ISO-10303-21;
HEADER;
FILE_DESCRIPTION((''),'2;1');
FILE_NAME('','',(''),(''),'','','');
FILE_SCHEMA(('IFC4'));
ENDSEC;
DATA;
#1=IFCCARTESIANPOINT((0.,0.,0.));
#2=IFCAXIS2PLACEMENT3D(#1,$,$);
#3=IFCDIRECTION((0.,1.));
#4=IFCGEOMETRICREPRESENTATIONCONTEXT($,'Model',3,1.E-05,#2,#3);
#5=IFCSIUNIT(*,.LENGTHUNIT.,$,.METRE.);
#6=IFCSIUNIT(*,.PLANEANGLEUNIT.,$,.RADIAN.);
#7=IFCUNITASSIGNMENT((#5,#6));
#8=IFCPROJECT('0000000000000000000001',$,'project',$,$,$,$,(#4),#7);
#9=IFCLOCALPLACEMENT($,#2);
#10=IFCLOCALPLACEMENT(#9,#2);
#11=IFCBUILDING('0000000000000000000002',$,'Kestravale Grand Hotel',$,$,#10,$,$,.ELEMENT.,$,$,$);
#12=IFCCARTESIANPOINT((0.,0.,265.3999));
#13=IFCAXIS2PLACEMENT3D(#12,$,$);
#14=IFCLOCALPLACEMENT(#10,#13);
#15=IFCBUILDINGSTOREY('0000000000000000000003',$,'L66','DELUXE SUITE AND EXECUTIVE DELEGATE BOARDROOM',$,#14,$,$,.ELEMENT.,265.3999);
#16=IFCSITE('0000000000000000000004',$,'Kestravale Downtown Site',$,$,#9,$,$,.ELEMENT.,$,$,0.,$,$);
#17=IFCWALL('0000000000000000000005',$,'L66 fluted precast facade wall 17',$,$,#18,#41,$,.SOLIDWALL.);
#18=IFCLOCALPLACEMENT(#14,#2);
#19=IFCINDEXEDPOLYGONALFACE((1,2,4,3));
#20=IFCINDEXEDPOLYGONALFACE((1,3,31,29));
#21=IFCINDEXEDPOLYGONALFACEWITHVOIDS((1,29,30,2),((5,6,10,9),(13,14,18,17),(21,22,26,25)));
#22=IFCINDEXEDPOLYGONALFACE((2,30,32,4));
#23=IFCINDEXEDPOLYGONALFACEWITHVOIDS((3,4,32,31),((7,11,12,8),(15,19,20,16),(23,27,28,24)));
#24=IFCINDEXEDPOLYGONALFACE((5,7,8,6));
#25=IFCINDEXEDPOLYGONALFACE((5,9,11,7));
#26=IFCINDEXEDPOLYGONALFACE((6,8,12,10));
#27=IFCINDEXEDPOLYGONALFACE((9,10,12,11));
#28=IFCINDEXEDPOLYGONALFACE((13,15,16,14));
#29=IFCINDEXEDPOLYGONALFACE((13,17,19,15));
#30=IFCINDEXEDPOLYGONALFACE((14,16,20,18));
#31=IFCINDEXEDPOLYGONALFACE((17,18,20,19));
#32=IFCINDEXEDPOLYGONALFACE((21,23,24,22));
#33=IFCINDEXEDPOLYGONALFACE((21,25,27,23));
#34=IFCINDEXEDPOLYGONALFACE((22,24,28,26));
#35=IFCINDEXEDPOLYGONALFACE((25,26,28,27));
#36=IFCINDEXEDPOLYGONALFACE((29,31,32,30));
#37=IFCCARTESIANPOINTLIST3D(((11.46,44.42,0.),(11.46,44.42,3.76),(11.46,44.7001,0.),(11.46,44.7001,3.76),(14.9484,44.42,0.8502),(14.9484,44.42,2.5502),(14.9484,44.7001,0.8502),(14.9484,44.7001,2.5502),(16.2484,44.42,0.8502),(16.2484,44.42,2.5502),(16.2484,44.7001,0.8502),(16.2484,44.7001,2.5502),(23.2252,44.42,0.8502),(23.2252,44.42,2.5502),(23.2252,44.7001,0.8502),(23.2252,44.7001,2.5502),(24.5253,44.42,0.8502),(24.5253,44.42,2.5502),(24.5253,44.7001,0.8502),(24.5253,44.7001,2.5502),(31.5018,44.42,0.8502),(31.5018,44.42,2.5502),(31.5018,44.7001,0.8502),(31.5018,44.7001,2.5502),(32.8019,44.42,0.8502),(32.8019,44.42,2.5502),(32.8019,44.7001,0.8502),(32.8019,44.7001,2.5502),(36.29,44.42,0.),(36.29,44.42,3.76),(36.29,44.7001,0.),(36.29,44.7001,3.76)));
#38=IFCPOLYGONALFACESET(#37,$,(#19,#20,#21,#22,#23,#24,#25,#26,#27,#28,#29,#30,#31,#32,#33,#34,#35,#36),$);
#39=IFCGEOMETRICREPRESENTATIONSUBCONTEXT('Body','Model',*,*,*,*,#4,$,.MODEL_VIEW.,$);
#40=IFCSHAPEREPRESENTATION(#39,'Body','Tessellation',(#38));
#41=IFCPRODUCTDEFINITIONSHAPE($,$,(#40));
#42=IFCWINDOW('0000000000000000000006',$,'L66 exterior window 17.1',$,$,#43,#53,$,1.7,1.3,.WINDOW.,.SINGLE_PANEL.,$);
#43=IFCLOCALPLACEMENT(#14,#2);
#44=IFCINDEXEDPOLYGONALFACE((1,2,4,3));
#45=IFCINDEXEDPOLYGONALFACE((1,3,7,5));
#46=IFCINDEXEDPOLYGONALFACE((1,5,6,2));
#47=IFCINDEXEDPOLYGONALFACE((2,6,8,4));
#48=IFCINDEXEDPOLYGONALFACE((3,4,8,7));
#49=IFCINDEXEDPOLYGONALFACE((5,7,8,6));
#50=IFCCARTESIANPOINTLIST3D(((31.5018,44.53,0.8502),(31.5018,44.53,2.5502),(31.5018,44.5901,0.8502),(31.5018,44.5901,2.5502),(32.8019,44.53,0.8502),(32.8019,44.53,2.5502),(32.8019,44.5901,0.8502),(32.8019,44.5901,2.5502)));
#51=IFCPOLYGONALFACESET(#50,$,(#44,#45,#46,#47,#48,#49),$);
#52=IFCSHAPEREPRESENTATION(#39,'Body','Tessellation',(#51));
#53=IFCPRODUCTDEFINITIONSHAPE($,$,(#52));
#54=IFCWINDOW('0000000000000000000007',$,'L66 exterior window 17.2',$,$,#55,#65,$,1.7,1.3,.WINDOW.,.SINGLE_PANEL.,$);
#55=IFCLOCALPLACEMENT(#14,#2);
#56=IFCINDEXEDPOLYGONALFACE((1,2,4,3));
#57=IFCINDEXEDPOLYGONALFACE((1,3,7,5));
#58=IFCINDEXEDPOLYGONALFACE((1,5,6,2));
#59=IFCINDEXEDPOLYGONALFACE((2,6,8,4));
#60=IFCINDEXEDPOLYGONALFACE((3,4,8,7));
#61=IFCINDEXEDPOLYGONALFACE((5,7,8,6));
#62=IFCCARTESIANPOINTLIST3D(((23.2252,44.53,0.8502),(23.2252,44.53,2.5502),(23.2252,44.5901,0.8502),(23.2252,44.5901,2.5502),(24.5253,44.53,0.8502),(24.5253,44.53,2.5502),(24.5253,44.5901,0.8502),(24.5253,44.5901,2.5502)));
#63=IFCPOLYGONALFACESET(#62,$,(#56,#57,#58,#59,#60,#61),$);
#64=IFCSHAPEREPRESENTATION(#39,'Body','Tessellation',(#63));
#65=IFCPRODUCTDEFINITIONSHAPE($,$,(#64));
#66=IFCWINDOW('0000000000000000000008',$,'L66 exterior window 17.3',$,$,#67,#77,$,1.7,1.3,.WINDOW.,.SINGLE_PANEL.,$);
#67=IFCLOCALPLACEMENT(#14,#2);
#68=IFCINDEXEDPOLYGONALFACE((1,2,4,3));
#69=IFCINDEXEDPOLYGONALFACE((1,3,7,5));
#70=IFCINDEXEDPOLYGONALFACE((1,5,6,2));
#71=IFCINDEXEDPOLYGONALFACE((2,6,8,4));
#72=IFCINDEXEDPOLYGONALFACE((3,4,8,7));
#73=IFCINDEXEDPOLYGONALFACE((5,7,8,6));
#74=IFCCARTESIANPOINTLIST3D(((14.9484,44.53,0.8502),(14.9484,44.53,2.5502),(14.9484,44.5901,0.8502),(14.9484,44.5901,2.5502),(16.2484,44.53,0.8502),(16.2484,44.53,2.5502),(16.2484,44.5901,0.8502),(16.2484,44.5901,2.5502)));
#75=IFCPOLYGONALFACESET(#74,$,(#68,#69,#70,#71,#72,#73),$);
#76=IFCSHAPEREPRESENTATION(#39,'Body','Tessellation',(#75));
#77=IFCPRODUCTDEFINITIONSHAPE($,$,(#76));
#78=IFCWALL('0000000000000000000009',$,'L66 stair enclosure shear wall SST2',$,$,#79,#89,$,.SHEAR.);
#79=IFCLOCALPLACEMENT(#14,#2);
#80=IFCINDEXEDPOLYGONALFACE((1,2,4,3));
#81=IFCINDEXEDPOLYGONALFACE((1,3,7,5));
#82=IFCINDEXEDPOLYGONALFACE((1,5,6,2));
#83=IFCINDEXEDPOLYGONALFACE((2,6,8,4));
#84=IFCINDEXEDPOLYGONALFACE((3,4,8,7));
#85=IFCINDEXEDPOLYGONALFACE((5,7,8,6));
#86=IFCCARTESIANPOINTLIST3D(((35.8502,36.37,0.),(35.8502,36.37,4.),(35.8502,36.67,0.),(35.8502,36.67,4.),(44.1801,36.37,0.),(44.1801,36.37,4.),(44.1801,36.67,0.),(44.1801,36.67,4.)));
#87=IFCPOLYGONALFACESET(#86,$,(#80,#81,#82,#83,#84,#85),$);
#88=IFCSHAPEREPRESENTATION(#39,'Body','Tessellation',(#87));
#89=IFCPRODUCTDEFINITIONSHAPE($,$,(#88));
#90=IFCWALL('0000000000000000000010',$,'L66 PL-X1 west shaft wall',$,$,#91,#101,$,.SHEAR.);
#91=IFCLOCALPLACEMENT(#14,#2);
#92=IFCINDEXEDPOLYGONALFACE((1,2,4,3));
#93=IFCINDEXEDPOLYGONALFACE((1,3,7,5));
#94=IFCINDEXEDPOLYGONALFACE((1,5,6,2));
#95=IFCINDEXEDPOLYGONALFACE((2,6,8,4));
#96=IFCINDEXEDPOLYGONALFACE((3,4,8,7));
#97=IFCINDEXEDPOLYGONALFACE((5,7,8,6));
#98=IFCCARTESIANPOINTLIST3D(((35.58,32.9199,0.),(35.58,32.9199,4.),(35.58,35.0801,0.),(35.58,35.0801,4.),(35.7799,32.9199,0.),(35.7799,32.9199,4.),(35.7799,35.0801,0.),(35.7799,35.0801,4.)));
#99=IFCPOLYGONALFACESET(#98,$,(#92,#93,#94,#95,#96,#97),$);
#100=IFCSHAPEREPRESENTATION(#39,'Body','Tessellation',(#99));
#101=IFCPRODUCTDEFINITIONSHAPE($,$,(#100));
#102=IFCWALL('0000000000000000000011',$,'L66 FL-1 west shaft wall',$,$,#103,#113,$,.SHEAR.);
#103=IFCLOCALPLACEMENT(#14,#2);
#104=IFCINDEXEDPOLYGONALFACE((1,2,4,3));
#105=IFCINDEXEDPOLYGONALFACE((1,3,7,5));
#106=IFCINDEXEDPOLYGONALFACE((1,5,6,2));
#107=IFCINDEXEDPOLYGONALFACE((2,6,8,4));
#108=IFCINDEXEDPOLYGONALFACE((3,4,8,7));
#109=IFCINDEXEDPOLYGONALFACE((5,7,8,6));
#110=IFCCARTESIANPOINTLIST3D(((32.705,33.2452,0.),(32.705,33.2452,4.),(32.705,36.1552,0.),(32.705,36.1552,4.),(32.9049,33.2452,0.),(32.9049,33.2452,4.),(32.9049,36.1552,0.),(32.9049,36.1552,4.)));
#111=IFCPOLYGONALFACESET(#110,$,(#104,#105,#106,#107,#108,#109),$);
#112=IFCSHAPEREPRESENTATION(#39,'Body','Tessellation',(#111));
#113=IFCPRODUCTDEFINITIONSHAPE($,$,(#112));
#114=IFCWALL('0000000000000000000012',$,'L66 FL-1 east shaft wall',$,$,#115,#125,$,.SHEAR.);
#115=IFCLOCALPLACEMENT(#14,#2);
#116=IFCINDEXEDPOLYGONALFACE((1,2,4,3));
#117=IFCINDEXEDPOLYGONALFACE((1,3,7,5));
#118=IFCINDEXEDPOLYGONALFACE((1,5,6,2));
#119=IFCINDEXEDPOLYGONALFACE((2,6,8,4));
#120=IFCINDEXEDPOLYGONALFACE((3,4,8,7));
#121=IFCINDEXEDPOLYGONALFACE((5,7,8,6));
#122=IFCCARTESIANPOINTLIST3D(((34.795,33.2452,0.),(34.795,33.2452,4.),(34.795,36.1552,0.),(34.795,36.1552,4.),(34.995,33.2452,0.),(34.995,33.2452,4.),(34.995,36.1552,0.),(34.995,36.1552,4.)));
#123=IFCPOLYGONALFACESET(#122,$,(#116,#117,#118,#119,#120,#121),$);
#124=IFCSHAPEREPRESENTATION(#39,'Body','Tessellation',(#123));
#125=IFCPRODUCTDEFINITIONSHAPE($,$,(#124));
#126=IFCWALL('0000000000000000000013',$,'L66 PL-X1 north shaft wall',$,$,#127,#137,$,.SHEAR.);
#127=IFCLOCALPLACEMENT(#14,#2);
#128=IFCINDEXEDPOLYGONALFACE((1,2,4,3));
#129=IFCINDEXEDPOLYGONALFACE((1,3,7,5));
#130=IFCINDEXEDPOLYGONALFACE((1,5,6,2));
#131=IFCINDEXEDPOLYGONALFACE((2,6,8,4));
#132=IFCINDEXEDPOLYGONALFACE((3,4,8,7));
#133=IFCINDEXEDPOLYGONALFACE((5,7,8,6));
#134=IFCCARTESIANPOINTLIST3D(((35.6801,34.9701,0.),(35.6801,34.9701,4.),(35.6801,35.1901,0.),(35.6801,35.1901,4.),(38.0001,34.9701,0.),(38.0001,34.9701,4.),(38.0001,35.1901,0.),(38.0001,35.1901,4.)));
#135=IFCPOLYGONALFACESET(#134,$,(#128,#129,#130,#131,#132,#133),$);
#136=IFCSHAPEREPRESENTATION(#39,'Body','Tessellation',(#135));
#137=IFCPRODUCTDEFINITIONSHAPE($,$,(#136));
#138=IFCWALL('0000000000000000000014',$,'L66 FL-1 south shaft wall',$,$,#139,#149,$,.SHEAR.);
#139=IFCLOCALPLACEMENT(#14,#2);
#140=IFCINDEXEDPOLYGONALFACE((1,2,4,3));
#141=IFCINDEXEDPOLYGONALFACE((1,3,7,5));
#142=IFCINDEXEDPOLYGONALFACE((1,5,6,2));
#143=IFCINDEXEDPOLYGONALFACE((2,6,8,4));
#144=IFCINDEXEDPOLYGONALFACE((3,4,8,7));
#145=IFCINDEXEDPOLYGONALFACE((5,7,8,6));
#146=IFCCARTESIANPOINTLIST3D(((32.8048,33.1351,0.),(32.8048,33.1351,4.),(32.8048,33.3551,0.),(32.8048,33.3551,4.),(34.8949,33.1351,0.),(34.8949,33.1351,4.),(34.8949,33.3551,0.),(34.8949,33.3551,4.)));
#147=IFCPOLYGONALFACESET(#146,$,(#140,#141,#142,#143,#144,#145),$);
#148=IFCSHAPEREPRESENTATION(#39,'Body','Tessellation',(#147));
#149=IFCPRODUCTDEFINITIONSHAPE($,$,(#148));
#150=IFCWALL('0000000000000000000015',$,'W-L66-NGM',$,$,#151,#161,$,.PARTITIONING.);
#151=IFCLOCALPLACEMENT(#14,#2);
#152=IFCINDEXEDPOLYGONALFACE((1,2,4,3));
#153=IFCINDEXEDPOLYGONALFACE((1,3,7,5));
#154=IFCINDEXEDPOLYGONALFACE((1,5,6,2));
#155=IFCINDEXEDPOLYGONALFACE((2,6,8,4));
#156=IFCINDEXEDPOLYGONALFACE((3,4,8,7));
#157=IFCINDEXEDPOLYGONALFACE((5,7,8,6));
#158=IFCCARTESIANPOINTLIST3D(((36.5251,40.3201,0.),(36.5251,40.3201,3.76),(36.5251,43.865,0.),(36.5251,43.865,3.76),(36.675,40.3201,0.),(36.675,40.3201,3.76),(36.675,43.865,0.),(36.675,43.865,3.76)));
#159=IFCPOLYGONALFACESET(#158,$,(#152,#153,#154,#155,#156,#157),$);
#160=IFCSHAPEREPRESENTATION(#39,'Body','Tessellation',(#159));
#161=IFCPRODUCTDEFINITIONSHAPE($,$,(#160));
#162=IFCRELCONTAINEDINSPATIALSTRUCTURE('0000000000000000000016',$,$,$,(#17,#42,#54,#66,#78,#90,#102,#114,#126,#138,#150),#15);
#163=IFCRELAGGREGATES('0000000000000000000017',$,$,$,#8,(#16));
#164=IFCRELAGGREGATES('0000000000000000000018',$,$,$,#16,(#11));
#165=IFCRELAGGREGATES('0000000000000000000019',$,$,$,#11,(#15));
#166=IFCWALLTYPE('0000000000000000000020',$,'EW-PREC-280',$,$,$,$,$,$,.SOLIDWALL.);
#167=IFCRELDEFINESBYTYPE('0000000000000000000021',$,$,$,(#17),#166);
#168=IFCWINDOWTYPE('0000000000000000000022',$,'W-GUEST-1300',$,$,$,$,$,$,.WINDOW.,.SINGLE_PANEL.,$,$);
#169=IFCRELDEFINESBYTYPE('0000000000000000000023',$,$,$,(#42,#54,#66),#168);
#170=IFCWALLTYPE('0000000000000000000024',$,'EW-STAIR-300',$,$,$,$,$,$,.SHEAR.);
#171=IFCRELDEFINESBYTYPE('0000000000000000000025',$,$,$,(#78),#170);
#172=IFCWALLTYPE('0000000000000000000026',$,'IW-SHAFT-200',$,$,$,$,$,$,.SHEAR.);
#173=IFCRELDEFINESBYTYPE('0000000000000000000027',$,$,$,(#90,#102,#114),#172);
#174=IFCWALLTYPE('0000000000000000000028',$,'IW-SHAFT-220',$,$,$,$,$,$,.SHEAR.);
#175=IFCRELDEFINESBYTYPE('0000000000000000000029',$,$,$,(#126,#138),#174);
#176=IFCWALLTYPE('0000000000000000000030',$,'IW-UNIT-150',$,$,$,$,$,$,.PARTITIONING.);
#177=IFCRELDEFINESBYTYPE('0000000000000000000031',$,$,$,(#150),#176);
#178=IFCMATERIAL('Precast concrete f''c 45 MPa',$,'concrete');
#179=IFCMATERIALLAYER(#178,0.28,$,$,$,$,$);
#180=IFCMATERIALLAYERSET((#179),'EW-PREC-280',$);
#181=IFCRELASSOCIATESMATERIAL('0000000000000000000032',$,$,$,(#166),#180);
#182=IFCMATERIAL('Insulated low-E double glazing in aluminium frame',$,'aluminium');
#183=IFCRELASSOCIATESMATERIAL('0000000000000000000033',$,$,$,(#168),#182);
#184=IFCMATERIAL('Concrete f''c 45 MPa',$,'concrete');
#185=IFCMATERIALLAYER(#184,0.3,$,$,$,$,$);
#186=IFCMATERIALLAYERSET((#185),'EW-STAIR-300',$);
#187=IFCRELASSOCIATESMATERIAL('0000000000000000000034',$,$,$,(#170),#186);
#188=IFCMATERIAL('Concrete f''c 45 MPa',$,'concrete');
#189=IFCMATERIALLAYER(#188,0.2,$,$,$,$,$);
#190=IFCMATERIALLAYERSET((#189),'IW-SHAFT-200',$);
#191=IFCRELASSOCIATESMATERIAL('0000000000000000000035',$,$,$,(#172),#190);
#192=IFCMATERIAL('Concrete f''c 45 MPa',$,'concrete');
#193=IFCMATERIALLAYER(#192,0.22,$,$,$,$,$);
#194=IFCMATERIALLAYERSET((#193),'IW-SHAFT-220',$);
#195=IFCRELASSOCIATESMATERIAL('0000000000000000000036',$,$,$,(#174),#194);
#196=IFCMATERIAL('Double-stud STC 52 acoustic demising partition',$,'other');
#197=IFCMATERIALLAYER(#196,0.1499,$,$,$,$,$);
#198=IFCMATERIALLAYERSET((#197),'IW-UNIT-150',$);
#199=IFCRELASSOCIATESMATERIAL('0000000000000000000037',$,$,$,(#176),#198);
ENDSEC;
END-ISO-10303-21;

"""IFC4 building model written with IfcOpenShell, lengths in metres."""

from ifc_helpers import new_model, si_unit, direction, frame, frame_2d, origin, place, context, subcontext, project, spatial, rectangle, extrude, material, layer, layer_set, type_object, element, fill, save


model = new_model("IFC4")

# Units and contexts
model_context = context("Model", 3, precision=1e-05, world=origin(), true_north=direction((0.0, 1.0)))
body_context = subcontext(model_context, "Body", "Model", "MODEL_VIEW")
ifc_project = project(units=[si_unit("LENGTHUNIT", "METRE"), si_unit("PLANEANGLEUNIT", "RADIAN")], contexts=[model_context])

# Site, building, storey
site_placement = place(None, origin())
site = spatial("IfcSite", under=ifc_project, at=site_placement, Name="Kestravale Downtown Site", CompositionType="ELEMENT", RefElevation=0.0)
building_placement = place(site_placement, origin())
building = spatial("IfcBuilding", under=site, at=building_placement, Name="Kestravale Grand Hotel", CompositionType="ELEMENT")
storey_placement = place(building_placement, frame((0.0, 0.0, 265.3999)))
storey = spatial("IfcBuildingStorey", under=building, at=storey_placement, Name="L66", Description="DELUXE SUITE AND EXECUTIVE DELEGATE BOARDROOM", CompositionType="ELEMENT", Elevation=265.3999)

# Shared definitions
ifc_material_1 = material(Name="Precast concrete f'c 45 MPa", Category="concrete")
ifc_layer_1 = layer(ifc_material_1, 0.28)
ifc_layer_set_1 = layer_set([ifc_layer_1], Name="EW-PREC-280")
wall_type_1 = type_object("IfcWallType", Name="EW-PREC-280", PredefinedType="SOLIDWALL", material=ifc_layer_set_1)

# Wall, openings, windows
wall_1_placement = place(storey_placement, frame((36.29, 44.5601, 0.0), z_axis=(0.0, 0.0, 1.0), x_axis=(-1.0, 0.0, 0.0)))
wall_1 = element("IfcWall", 1, at=wall_1_placement, inside=storey, type_object=wall_type_1, Name="L66 fluted precast facade wall 17", PredefinedType="SOLIDWALL", context=body_context, shape_type="SweptSolid", body=[
    extrude(rectangle(XDim=24.8301, YDim=0.28, at=frame_2d((12.415, 0.0))), origin(), (0.0, 0.0, 1.0), 3.76),
])
opening_1_placement = place(wall_1_placement, frame((3.4883, 0.0, 0.8501)))
opening_1 = element("IfcOpeningElement", 2, at=opening_1_placement, cuts=wall_1, PredefinedType="OPENING", context=body_context, shape_type="SweptSolid", body=[
    extrude(rectangle(XDim=1.3, YDim=1.7, at=frame_2d((0.6499, 0.8501))), frame((0.0, 0.1499, 0.0), z_axis=(0.0, -1.0, 0.0), x_axis=(1.0, 0.0, 0.0)), (0.0, 0.0, 1.0), 0.3),
])
opening_2_placement = place(wall_1_placement, frame((11.7649, 0.0, 0.8501)))
opening_2 = element("IfcOpeningElement", 3, at=opening_2_placement, cuts=wall_1, PredefinedType="OPENING", context=body_context, shape_type="SweptSolid", body=[
    extrude(rectangle(XDim=1.3, YDim=1.7, at=frame_2d((0.6499, 0.8501))), frame((0.0, 0.1499, 0.0), z_axis=(0.0, -1.0, 0.0), x_axis=(1.0, 0.0, 0.0)), (0.0, 0.0, 1.0), 0.3),
])
opening_3_placement = place(wall_1_placement, frame((20.0417, 0.0, 0.8501)))
opening_3 = element("IfcOpeningElement", 4, at=opening_3_placement, cuts=wall_1, PredefinedType="OPENING", context=body_context, shape_type="SweptSolid", body=[
    extrude(rectangle(XDim=1.3, YDim=1.7, at=frame_2d((0.6499, 0.8501))), frame((0.0, 0.1499, 0.0), z_axis=(0.0, -1.0, 0.0), x_axis=(1.0, 0.0, 0.0)), (0.0, 0.0, 1.0), 0.3),
])
ifc_material_2 = material(Name="Insulated low-E double glazing in aluminium frame", Category="aluminium")
window_type = type_object("IfcWindowType", Name="W-GUEST-1300", PartitioningType="SINGLE_PANEL", PredefinedType="WINDOW", material=ifc_material_2)
window_1_placement = place(opening_1_placement, origin())
window_1 = element("IfcWindow", 5, at=window_1_placement, inside=storey, type_object=window_type, Name="L66 exterior window 17.1", OverallHeight=1.7, OverallWidth=1.3, PartitioningType="SINGLE_PANEL", PredefinedType="WINDOW", context=body_context, shape_type="SweptSolid", body=[
    extrude(rectangle(XDim=1.3, YDim=1.7, at=frame_2d((0.6499, 0.8501))), frame((0.0, 0.03, 0.0), z_axis=(0.0, -1.0, 0.0), x_axis=(1.0, 0.0, 0.0)), (0.0, 0.0, 1.0), 0.0601),
])
fill(opening_1, window_1)
window_2_placement = place(opening_2_placement, origin())
window_2 = element("IfcWindow", 6, at=window_2_placement, inside=storey, type_object=window_type, Name="L66 exterior window 17.2", OverallHeight=1.7, OverallWidth=1.3, PartitioningType="SINGLE_PANEL", PredefinedType="WINDOW", context=body_context, shape_type="SweptSolid", body=[
    extrude(rectangle(XDim=1.3, YDim=1.7, at=frame_2d((0.6499, 0.8501))), frame((0.0, 0.03, 0.0), z_axis=(0.0, -1.0, 0.0), x_axis=(1.0, 0.0, 0.0)), (0.0, 0.0, 1.0), 0.0601),
])
fill(opening_2, window_2)
window_3_placement = place(opening_3_placement, origin())
window_3 = element("IfcWindow", 7, at=window_3_placement, inside=storey, type_object=window_type, Name="L66 exterior window 17.3", OverallHeight=1.7, OverallWidth=1.3, PartitioningType="SINGLE_PANEL", PredefinedType="WINDOW", context=body_context, shape_type="SweptSolid", body=[
    extrude(rectangle(XDim=1.3, YDim=1.7, at=frame_2d((0.6499, 0.8501))), frame((0.0, 0.03, 0.0), z_axis=(0.0, -1.0, 0.0), x_axis=(1.0, 0.0, 0.0)), (0.0, 0.0, 1.0), 0.0601),
])
fill(opening_3, window_3)

# Walls
ifc_material_3 = material(Name="Concrete f'c 45 MPa", Category="concrete")
ifc_layer_2 = layer(ifc_material_3, 0.3)
ifc_layer_set_2 = layer_set([ifc_layer_2], Name="EW-STAIR-300")
wall_type_2 = type_object("IfcWallType", Name="EW-STAIR-300", PredefinedType="SHEAR", material=ifc_layer_set_2)
wall_2_placement = place(storey_placement, frame((35.8501, 36.52, 0.0), z_axis=(0.0, 0.0, 1.0), x_axis=(1.0, 0.0, 0.0)))
element("IfcWall", 8, at=wall_2_placement, inside=storey, type_object=wall_type_2, Name="L66 stair enclosure shear wall SST2", PredefinedType="SHEAR", context=body_context, shape_type="SweptSolid", body=[
    extrude(rectangle(XDim=8.3298, YDim=0.3, at=frame_2d((4.165, 0.0))), origin(), (0.0, 0.0, 1.0), 4.0),
])
ifc_material_4 = material(Name="Concrete f'c 45 MPa", Category="concrete")
ifc_layer_3 = layer(ifc_material_4, 0.2)
ifc_layer_set_3 = layer_set([ifc_layer_3], Name="IW-SHAFT-200")
wall_type_3 = type_object("IfcWallType", Name="IW-SHAFT-200", PredefinedType="SHEAR", material=ifc_layer_set_3)
wall_3_placement = place(storey_placement, frame((35.6799, 32.9199, 0.0), z_axis=(0.0, 0.0, 1.0), x_axis=(0.0, 1.0, 0.0)))
element("IfcWall", 9, at=wall_3_placement, inside=storey, type_object=wall_type_3, Name="L66 PL-X1 west shaft wall", PredefinedType="SHEAR", context=body_context, shape_type="SweptSolid", body=[
    extrude(rectangle(XDim=2.1602, YDim=0.2, at=frame_2d((1.0801, 0.0))), origin(), (0.0, 0.0, 1.0), 4.0),
])
for number, where, z_axis, x_axis, name in (
    (10, (32.8049, 33.2451, 0.0), (0.0, 0.0, 1.0), (0.0, 1.0, 0.0), "L66 FL-1 west shaft wall"),
    (11, (34.895, 33.2451, 0.0), (0.0, 0.0, 1.0), (0.0, 1.0, 0.0), "L66 FL-1 east shaft wall"),
):
    element("IfcWall", number, at=place(storey_placement, frame(where, z_axis=z_axis, x_axis=x_axis)), inside=storey, type_object=wall_type_3, Name=name, PredefinedType="SHEAR", context=body_context, shape_type="SweptSolid", body=[
        extrude(rectangle(XDim=2.9099, YDim=0.2, at=frame_2d((1.4551, 0.0))), origin(), (0.0, 0.0, 1.0), 4.0),
    ])
ifc_material_5 = material(Name="Concrete f'c 45 MPa", Category="concrete")
ifc_layer_4 = layer(ifc_material_5, 0.22)
ifc_layer_set_4 = layer_set([ifc_layer_4], Name="IW-SHAFT-220")
wall_type_4 = type_object("IfcWallType", Name="IW-SHAFT-220", PredefinedType="SHEAR", material=ifc_layer_set_4)
wall_4_placement = place(storey_placement, frame((35.6799, 35.0801, 0.0), z_axis=(0.0, 0.0, 1.0), x_axis=(1.0, 0.0, 0.0)))
element("IfcWall", 12, at=wall_4_placement, inside=storey, type_object=wall_type_4, Name="L66 PL-X1 north shaft wall", PredefinedType="SHEAR", context=body_context, shape_type="SweptSolid", body=[
    extrude(rectangle(XDim=2.3201, YDim=0.22, at=frame_2d((1.1602, 0.0))), origin(), (0.0, 0.0, 1.0), 4.0),
])

# Walls
wall_5_placement = place(storey_placement, frame((32.8049, 33.2451, 0.0), z_axis=(0.0, 0.0, 1.0), x_axis=(1.0, 0.0, 0.0)))
element("IfcWall", 13, at=wall_5_placement, inside=storey, type_object=wall_type_4, Name="L66 FL-1 south shaft wall", PredefinedType="SHEAR", context=body_context, shape_type="SweptSolid", body=[
    extrude(rectangle(XDim=2.0901, YDim=0.22, at=frame_2d((1.0449, 0.0))), origin(), (0.0, 0.0, 1.0), 4.0),
])
ifc_material_6 = material(Name="Double-stud STC 52 acoustic demising partition", Category="other")
ifc_layer_5 = layer(ifc_material_6, 0.1499)
ifc_layer_set_5 = layer_set([ifc_layer_5], Name="IW-UNIT-150")
wall_type_5 = type_object("IfcWallType", Name="IW-UNIT-150", PredefinedType="PARTITIONING", material=ifc_layer_set_5)
wall_6_placement = place(storey_placement, frame((36.6001, 40.3201, 0.0), z_axis=(0.0, 0.0, 1.0), x_axis=(0.0, 1.0, 0.0)))
element("IfcWall", 14, at=wall_6_placement, inside=storey, type_object=wall_type_5, Name="W-L66-NGM", PredefinedType="PARTITIONING", context=body_context, shape_type="SweptSolid", body=[
    extrude(rectangle(XDim=3.5449, YDim=0.1499, at=frame_2d((1.7725, 0.0))), origin(), (0.0, 0.0, 1.0), 3.76),
])

save(model, "model.ifc")
